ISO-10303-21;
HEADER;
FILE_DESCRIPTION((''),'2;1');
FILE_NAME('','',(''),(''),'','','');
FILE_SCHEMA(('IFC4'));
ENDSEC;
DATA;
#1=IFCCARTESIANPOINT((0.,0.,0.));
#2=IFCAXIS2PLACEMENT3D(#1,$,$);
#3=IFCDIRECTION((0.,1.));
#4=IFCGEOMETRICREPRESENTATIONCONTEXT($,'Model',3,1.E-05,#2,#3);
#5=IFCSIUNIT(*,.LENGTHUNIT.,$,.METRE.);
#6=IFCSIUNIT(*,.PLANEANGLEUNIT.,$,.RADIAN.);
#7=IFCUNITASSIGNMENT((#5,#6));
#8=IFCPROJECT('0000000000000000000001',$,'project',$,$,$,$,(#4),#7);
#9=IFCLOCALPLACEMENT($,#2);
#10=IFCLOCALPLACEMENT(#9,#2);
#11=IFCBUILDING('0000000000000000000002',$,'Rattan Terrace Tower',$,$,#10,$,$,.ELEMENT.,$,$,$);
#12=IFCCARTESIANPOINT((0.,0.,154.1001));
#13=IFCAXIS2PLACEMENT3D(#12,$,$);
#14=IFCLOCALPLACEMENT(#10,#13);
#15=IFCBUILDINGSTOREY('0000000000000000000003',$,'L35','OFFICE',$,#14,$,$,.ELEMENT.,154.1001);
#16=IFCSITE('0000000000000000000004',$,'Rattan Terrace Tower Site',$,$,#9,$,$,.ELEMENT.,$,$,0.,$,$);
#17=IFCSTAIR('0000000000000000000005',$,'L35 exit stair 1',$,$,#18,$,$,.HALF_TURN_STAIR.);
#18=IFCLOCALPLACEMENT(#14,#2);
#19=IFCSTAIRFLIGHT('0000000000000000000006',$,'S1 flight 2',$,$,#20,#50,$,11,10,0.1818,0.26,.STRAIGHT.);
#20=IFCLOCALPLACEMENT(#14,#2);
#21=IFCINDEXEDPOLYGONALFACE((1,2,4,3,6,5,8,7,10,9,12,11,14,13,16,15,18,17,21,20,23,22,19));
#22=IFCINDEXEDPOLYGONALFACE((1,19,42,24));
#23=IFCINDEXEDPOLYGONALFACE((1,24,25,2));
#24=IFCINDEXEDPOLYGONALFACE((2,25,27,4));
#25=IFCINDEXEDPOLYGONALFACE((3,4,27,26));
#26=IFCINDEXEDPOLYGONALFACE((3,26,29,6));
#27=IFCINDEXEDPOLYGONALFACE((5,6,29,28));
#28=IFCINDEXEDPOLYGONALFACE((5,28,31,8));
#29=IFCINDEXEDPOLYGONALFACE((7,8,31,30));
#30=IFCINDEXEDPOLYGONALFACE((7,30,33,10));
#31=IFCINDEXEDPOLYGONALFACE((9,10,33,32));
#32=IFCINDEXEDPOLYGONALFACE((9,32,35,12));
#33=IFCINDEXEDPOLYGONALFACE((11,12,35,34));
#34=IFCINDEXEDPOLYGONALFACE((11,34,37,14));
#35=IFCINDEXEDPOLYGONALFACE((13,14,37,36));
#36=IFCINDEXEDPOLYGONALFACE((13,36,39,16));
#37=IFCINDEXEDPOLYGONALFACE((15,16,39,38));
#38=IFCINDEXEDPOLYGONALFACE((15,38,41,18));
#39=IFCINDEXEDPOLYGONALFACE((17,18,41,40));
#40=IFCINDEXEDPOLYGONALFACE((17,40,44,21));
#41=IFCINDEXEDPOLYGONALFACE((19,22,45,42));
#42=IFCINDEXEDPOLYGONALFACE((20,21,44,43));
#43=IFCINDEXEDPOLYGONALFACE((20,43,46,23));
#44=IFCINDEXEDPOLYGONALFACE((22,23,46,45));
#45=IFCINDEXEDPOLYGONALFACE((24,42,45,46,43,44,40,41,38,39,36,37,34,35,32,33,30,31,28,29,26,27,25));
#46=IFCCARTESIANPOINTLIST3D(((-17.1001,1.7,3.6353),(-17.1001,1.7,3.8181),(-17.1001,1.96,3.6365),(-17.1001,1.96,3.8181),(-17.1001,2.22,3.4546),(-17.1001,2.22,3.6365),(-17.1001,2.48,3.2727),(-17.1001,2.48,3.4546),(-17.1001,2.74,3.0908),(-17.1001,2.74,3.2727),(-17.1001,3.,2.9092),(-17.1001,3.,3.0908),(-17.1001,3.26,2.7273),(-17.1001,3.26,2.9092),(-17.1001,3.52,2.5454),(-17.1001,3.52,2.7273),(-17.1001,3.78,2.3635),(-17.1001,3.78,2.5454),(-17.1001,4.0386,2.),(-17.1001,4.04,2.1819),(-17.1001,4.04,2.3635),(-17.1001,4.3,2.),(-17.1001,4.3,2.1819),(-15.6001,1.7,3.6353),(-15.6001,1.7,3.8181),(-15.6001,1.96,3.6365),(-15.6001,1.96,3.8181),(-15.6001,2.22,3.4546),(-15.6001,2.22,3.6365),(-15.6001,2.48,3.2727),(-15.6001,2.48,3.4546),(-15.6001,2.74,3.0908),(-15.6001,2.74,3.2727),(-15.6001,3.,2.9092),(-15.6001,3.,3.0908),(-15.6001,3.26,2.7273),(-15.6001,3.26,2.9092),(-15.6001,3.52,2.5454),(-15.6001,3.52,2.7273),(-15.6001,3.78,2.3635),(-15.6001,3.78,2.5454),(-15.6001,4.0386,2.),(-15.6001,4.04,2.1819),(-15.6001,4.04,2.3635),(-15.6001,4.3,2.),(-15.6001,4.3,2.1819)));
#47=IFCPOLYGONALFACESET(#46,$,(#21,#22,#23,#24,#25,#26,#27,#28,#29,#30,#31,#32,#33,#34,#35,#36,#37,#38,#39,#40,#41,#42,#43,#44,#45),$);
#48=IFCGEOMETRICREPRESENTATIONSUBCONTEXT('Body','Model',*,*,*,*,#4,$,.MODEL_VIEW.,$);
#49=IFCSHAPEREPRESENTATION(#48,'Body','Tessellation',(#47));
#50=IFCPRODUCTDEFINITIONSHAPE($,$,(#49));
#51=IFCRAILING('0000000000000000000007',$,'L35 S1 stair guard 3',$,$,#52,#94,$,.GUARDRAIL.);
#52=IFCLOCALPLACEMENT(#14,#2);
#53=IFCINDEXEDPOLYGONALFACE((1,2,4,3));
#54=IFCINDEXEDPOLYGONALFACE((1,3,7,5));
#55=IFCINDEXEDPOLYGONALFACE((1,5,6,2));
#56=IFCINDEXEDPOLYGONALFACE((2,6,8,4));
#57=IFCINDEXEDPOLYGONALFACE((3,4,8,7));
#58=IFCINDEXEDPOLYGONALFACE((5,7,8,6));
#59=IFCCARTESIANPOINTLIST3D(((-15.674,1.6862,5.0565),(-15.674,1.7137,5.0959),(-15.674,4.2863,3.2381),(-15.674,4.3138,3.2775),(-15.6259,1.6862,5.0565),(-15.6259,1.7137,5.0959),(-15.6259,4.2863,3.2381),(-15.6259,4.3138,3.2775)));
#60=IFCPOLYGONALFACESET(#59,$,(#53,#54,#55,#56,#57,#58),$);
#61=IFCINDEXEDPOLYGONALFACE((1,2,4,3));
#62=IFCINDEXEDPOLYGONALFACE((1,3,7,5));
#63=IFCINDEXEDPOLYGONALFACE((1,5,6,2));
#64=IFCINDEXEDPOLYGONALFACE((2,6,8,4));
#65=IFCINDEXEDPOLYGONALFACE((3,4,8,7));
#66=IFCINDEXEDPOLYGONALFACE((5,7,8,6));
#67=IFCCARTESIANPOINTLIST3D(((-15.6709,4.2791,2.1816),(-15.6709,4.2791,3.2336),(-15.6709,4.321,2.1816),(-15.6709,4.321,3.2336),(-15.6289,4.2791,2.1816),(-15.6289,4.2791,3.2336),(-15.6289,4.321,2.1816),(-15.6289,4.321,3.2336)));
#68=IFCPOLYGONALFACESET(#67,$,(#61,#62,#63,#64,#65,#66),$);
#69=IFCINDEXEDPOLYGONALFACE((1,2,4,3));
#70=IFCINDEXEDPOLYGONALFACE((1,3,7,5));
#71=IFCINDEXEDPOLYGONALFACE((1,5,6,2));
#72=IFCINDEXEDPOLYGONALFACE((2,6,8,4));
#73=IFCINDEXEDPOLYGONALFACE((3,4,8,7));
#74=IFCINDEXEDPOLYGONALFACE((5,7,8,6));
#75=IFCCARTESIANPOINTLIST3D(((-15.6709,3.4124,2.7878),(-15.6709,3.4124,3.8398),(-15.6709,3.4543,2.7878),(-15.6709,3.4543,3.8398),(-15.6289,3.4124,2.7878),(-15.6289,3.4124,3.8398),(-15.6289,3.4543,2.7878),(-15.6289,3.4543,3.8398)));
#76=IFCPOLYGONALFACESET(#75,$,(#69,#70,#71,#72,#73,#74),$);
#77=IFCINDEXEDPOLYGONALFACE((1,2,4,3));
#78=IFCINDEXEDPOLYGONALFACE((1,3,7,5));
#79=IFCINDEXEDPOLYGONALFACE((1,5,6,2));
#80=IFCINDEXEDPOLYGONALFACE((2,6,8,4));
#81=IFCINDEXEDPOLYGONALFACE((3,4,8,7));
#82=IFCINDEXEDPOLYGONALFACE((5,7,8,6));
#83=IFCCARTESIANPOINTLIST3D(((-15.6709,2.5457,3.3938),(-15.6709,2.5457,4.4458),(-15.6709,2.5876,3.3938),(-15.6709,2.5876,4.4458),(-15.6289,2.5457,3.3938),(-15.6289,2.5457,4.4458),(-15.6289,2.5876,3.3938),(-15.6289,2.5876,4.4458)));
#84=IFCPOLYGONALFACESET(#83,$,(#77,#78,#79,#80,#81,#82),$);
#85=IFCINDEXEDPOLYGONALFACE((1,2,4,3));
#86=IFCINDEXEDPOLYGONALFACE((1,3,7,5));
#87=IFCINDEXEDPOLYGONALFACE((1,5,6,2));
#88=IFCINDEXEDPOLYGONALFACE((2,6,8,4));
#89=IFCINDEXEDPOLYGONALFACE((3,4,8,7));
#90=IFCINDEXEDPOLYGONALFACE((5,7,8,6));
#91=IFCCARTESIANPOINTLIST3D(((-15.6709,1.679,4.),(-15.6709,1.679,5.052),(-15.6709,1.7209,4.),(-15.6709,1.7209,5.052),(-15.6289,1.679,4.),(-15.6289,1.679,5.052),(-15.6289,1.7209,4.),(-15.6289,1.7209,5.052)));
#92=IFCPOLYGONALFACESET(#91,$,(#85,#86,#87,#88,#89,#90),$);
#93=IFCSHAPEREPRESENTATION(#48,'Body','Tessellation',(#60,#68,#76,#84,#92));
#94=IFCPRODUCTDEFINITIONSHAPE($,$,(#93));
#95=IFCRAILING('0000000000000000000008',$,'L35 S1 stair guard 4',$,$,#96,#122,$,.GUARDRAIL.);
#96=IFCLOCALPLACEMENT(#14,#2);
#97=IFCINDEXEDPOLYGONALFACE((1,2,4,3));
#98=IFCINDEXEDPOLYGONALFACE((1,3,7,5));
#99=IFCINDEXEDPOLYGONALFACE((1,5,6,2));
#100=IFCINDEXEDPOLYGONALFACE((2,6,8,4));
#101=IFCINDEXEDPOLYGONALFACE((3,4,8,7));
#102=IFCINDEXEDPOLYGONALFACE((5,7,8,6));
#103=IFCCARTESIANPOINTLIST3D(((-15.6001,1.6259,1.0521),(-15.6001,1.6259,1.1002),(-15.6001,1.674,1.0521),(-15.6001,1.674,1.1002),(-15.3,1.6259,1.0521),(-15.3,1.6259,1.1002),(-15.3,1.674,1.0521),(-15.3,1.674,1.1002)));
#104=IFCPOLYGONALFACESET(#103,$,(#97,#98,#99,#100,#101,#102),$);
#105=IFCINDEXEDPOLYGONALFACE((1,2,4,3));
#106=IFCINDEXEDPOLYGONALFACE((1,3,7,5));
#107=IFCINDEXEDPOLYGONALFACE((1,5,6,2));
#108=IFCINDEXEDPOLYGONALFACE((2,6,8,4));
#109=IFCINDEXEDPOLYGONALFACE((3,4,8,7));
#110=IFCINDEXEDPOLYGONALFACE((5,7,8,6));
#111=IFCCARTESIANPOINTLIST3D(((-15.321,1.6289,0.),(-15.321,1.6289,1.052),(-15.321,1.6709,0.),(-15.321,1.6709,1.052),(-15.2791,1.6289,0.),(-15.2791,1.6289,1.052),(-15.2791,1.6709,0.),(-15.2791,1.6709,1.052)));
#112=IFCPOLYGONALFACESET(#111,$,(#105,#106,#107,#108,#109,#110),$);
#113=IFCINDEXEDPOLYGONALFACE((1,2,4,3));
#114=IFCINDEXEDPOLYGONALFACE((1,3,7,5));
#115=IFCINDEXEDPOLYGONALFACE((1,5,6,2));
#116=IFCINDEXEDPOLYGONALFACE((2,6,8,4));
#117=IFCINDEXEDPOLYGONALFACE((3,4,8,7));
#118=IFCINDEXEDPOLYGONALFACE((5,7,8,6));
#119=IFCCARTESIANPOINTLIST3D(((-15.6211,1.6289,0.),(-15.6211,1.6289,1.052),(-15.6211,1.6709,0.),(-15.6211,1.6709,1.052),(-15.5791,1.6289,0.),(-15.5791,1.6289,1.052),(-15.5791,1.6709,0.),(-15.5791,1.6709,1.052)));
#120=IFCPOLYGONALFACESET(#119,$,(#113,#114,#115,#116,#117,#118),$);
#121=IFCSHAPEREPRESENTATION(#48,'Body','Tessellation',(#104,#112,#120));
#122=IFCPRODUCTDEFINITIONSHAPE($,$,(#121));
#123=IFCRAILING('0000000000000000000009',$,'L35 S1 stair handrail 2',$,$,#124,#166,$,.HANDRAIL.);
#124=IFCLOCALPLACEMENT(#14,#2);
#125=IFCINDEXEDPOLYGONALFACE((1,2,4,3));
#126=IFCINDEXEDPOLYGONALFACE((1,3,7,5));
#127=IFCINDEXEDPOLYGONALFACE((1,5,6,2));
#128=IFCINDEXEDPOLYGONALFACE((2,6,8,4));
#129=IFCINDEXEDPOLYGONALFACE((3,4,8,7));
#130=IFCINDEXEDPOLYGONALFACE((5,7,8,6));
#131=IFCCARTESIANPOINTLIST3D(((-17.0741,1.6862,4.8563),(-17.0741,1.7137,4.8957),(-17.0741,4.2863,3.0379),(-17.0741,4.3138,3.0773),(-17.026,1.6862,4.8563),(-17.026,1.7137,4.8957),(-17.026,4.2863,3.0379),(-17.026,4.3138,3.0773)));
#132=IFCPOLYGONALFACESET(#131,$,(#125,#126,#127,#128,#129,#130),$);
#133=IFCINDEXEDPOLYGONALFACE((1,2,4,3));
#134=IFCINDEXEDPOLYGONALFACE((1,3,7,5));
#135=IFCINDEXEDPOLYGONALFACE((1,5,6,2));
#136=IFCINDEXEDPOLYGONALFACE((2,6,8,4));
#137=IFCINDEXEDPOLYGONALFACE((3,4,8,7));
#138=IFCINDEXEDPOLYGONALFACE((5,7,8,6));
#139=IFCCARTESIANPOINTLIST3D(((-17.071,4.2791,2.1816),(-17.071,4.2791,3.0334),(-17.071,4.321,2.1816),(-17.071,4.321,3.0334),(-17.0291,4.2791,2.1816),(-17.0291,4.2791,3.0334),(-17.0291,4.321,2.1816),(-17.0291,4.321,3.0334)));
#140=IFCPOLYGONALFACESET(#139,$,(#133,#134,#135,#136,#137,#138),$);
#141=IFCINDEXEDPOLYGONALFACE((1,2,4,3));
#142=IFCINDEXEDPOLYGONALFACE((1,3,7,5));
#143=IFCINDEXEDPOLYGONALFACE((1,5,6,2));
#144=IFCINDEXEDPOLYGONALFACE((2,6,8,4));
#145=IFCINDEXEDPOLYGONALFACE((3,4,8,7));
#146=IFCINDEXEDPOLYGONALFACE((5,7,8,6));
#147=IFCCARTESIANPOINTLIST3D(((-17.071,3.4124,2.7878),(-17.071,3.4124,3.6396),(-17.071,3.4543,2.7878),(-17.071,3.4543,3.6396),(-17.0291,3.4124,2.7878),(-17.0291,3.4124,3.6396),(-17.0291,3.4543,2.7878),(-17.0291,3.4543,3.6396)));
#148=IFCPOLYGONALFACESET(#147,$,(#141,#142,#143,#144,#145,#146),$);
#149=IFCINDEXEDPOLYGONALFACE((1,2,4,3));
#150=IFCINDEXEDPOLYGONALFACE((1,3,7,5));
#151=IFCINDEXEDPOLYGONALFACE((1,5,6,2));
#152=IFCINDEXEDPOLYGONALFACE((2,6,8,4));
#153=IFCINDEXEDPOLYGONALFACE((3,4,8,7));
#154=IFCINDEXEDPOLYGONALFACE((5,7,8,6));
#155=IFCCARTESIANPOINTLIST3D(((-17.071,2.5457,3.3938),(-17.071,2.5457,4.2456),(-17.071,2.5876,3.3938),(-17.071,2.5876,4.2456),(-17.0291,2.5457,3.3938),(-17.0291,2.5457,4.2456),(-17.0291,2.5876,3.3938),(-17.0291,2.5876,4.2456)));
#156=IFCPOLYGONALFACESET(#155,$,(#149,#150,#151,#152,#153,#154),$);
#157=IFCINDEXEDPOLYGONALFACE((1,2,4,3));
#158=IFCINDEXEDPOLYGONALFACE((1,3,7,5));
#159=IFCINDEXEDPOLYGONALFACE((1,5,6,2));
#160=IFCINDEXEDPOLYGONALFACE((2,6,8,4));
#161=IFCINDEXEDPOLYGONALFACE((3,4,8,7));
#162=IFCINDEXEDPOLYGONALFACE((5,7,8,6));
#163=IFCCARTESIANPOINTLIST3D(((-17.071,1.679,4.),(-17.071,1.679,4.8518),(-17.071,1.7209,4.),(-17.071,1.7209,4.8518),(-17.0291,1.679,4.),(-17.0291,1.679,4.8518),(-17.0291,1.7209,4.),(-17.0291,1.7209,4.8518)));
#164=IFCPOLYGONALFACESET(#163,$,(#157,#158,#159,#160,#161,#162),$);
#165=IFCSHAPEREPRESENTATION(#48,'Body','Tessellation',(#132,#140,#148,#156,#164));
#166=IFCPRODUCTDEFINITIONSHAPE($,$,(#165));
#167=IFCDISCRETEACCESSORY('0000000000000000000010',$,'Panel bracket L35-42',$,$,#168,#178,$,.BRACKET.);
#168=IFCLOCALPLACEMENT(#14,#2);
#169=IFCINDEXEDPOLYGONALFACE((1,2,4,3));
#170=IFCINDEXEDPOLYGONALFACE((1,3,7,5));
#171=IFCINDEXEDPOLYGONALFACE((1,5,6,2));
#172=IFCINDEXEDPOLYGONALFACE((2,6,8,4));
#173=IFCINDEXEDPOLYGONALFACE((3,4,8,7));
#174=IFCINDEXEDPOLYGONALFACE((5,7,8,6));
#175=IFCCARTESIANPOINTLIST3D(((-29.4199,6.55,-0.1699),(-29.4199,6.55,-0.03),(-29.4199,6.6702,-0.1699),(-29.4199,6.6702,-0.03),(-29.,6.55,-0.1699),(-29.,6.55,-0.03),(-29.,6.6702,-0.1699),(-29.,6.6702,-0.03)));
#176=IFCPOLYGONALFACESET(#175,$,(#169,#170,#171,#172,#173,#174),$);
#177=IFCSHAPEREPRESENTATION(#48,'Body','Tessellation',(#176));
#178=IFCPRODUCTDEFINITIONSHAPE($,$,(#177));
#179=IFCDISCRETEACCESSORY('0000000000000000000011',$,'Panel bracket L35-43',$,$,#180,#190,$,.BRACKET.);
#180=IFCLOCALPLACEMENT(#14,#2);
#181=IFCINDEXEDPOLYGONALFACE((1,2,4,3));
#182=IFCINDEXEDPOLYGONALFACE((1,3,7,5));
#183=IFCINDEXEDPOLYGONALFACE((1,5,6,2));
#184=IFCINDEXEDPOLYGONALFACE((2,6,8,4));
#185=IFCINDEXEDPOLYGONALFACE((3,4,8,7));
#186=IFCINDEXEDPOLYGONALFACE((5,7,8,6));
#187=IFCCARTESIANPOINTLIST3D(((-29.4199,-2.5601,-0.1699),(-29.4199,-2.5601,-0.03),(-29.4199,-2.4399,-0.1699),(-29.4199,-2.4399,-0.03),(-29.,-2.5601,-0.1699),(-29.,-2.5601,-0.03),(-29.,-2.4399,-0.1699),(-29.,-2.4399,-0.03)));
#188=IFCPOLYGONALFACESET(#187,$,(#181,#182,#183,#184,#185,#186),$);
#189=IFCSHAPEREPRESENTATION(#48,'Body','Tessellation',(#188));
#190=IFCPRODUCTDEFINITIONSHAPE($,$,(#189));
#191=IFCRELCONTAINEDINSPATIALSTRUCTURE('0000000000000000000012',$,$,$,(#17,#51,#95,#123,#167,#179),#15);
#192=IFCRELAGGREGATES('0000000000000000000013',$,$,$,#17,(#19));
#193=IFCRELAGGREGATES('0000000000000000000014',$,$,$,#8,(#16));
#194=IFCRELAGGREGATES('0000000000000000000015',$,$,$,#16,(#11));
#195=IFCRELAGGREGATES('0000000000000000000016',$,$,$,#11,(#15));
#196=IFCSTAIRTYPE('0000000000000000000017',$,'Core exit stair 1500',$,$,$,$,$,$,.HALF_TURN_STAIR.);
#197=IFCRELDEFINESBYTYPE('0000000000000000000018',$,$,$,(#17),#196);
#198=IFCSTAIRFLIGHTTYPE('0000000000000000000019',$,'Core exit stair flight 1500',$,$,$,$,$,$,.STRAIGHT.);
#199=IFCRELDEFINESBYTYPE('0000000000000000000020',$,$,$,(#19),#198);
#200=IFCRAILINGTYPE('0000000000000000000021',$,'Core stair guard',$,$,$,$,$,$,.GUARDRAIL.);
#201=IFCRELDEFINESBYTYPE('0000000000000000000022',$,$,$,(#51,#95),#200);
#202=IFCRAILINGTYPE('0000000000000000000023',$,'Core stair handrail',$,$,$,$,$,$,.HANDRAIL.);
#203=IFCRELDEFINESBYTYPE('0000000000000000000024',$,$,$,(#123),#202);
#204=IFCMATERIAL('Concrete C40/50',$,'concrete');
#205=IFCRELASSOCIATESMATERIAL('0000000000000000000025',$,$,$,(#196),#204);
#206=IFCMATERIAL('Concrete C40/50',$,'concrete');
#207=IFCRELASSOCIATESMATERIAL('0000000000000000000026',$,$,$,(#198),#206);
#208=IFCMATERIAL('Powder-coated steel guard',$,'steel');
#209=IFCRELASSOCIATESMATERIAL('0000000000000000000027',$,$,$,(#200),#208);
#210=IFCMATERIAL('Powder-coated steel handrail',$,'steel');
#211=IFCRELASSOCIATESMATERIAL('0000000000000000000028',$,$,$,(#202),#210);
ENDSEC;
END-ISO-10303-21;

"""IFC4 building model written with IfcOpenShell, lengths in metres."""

from ifc_helpers import new_model, si_unit, direction, frame, origin, origin_2d, place, context, subcontext, project, spatial, polyline, rectangle, outline, extrude, material, type_object, element, aggregate, save


model = new_model("IFC4")

# Units and contexts
model_context = context("Model", 3, precision=1e-05, world=origin(), true_north=direction((0.0, 1.0)))
body_context = subcontext(model_context, "Body", "Model", "MODEL_VIEW")
ifc_project = project(units=[si_unit("LENGTHUNIT", "METRE"), si_unit("PLANEANGLEUNIT", "RADIAN")], contexts=[model_context])

# Site, building, storey
site_placement = place(None, origin())
site = spatial("IfcSite", under=ifc_project, at=site_placement, Name="Rattan Terrace Tower Site", CompositionType="ELEMENT", RefElevation=0.0)
building_placement = place(site_placement, origin())
building = spatial("IfcBuilding", under=site, at=building_placement, Name="Rattan Terrace Tower", CompositionType="ELEMENT")
storey_placement = place(building_placement, frame((0.0, 0.0, 154.1001)))
storey = spatial("IfcBuildingStorey", under=building, at=storey_placement, Name="L35", Description="OFFICE", CompositionType="ELEMENT", Elevation=154.1001)

# Stair, stair flight
ifc_material_1 = material(Name="Concrete C40/50", Category="concrete")
stair_type = type_object("IfcStairType", Name="Core exit stair 1500", PredefinedType="HALF_TURN_STAIR", material=ifc_material_1)
stair_placement = place(storey_placement, origin())
stair = element("IfcStair", 1, at=stair_placement, inside=storey, type_object=stair_type, Name="L35 exit stair 1", PredefinedType="HALF_TURN_STAIR")
ifc_material_2 = material(Name="Concrete C40/50", Category="concrete")
stair_flight_type = type_object("IfcStairFlightType", Name="Core exit stair flight 1500", PredefinedType="STRAIGHT", material=ifc_material_2)
stair_flight_placement = place(storey_placement, frame((-16.3501, 4.3, 2.0), z_axis=(0.0, 0.0, 1.0), x_axis=(0.0, -1.0, 0.0)))
stair_flight = element("IfcStairFlight", 2, at=stair_flight_placement, type_object=stair_flight_type, Name="S1 flight 2", NumberOfRisers=11, NumberOfTreads=10, PredefinedType="STRAIGHT", RiserHeight=0.1818, TreadLength=0.26, context=body_context, shape_type="SweptSolid", body=[
    extrude(outline(polyline([(0.0, 0.0), (0.0, 0.1819), (0.26, 0.1819), (0.26, 0.3635), (0.52, 0.3635), (0.52, 0.5454), (0.78, 0.5454), (0.78, 0.7273), (1.04, 0.7273), (1.04, 0.9092), (1.3, 0.9092), (1.3, 1.0908), (1.5601, 1.0908), (1.5601, 1.2727), (1.8201, 1.2727), (1.8201, 1.4546), (2.0801, 1.4546), (2.0801, 1.6365), (2.3401, 1.6365), (2.3401, 1.8181), (2.6001, 1.8181), (2.6001, 2.0), (2.6001, 1.6353), (0.2615, 0.0), (0.0, 0.0)])), frame((0.0, 0.75, 0.0), z_axis=(0.0, -1.0, 0.0), x_axis=(1.0, 0.0, 0.0)), (0.0, 0.0, 1.0), 1.5),
])
aggregate(stair, [stair_flight])

# Railings
ifc_material_3 = material(Name="Powder-coated steel guard", Category="steel")
railing_type_1 = type_object("IfcRailingType", Name="Core stair guard", PredefinedType="GUARDRAIL", material=ifc_material_3)
railing_1_placement = place(storey_placement, frame((-15.6499, 4.3, 2.1816)))
element("IfcRailing", 3, at=railing_1_placement, inside=storey, type_object=railing_type_1, Name="L35 S1 stair guard 3", PredefinedType="GUARDRAIL", context=body_context, shape_type="SweptSolid", body=[
    extrude(rectangle(XDim=0.0481, YDim=0.0481, at=origin_2d()), frame((0.0, 0.0, 1.0762), z_axis=(0.0, -0.819485, 0.573101), x_axis=(1.0, 0.0, 0.0)), (0.0, 0.0, 1.0), 3.1729),
    extrude(rectangle(XDim=0.042, YDim=0.042, at=origin_2d()), origin(), (0.0, 0.0, 1.0), 1.052),
    extrude(rectangle(XDim=0.042, YDim=0.042, at=origin_2d()), frame((0.0, -0.8667, 0.6062)), (0.0, 0.0, 1.0), 1.052),
    extrude(rectangle(XDim=0.042, YDim=0.042, at=origin_2d()), frame((0.0, -1.7334, 1.2122)), (0.0, 0.0, 1.0), 1.052),
    extrude(rectangle(XDim=0.042, YDim=0.042, at=origin_2d()), frame((0.0, -2.6001, 1.8184)), (0.0, 0.0, 1.0), 1.052),
])
railing_2_placement = place(storey_placement, frame((-15.3, 1.6499, 0.0)))
element("IfcRailing", 4, at=railing_2_placement, inside=storey, type_object=railing_type_1, Name="L35 S1 stair guard 4", PredefinedType="GUARDRAIL", context=body_context, shape_type="SweptSolid", body=[
    extrude(rectangle(XDim=0.0481, YDim=0.0481, at=origin_2d()), frame((0.0, 0.0, 1.0762), z_axis=(-1.0, 0.0, 0.0), x_axis=(0.0, -1.0, 0.0)), (0.0, 0.0, 1.0), 0.3),
    extrude(rectangle(XDim=0.042, YDim=0.042, at=origin_2d()), origin(), (0.0, 0.0, 1.0), 1.052),
    extrude(rectangle(XDim=0.042, YDim=0.042, at=origin_2d()), frame((-0.3, 0.0, 0.0)), (0.0, 0.0, 1.0), 1.052),
])
ifc_material_4 = material(Name="Powder-coated steel handrail", Category="steel")
railing_type_2 = type_object("IfcRailingType", Name="Core stair handrail", PredefinedType="HANDRAIL", material=ifc_material_4)
railing_3_placement = place(storey_placement, frame((-17.05, 4.3, 2.1816)))
element("IfcRailing", 5, at=railing_3_placement, inside=storey, type_object=railing_type_2, Name="L35 S1 stair handrail 2", PredefinedType="HANDRAIL", context=body_context, shape_type="SweptSolid", body=[
    extrude(rectangle(XDim=0.0481, YDim=0.0481, at=origin_2d()), frame((0.0, 0.0, 0.876), z_axis=(0.0, -0.819485, 0.573101), x_axis=(1.0, 0.0, 0.0)), (0.0, 0.0, 1.0), 3.1729),
    extrude(rectangle(XDim=0.042, YDim=0.042, at=origin_2d()), origin(), (0.0, 0.0, 1.0), 0.8518),
    extrude(rectangle(XDim=0.042, YDim=0.042, at=origin_2d()), frame((0.0, -0.8667, 0.6062)), (0.0, 0.0, 1.0), 0.8518),
    extrude(rectangle(XDim=0.042, YDim=0.042, at=origin_2d()), frame((0.0, -1.7334, 1.2122)), (0.0, 0.0, 1.0), 0.8518),
    extrude(rectangle(XDim=0.042, YDim=0.042, at=origin_2d()), frame((0.0, -2.6001, 1.8184)), (0.0, 0.0, 1.0), 0.8518),
])

# Discrete accessories
for number, where, z_axis, x_axis, name in (
    (6, (-29.21, 6.6101, -0.1699), (0.0, 0.0, 1.0), (0.0, -1.0, 0.0), "Panel bracket L35-42"),
    (7, (-29.21, -2.5, -0.1699), (0.0, 0.0, 1.0), (0.0, -1.0, 0.0), "Panel bracket L35-43"),
):
    element("IfcDiscreteAccessory", number, at=place(storey_placement, frame(where, z_axis=z_axis, x_axis=x_axis)), inside=storey, Name=name, PredefinedType="BRACKET", context=body_context, shape_type="SweptSolid", body=[
        extrude(rectangle(XDim=0.1201, YDim=0.4199, at=origin_2d()), origin(), (0.0, 0.0, 1.0), 0.1399),
    ])

save(model, "model.ifc")
